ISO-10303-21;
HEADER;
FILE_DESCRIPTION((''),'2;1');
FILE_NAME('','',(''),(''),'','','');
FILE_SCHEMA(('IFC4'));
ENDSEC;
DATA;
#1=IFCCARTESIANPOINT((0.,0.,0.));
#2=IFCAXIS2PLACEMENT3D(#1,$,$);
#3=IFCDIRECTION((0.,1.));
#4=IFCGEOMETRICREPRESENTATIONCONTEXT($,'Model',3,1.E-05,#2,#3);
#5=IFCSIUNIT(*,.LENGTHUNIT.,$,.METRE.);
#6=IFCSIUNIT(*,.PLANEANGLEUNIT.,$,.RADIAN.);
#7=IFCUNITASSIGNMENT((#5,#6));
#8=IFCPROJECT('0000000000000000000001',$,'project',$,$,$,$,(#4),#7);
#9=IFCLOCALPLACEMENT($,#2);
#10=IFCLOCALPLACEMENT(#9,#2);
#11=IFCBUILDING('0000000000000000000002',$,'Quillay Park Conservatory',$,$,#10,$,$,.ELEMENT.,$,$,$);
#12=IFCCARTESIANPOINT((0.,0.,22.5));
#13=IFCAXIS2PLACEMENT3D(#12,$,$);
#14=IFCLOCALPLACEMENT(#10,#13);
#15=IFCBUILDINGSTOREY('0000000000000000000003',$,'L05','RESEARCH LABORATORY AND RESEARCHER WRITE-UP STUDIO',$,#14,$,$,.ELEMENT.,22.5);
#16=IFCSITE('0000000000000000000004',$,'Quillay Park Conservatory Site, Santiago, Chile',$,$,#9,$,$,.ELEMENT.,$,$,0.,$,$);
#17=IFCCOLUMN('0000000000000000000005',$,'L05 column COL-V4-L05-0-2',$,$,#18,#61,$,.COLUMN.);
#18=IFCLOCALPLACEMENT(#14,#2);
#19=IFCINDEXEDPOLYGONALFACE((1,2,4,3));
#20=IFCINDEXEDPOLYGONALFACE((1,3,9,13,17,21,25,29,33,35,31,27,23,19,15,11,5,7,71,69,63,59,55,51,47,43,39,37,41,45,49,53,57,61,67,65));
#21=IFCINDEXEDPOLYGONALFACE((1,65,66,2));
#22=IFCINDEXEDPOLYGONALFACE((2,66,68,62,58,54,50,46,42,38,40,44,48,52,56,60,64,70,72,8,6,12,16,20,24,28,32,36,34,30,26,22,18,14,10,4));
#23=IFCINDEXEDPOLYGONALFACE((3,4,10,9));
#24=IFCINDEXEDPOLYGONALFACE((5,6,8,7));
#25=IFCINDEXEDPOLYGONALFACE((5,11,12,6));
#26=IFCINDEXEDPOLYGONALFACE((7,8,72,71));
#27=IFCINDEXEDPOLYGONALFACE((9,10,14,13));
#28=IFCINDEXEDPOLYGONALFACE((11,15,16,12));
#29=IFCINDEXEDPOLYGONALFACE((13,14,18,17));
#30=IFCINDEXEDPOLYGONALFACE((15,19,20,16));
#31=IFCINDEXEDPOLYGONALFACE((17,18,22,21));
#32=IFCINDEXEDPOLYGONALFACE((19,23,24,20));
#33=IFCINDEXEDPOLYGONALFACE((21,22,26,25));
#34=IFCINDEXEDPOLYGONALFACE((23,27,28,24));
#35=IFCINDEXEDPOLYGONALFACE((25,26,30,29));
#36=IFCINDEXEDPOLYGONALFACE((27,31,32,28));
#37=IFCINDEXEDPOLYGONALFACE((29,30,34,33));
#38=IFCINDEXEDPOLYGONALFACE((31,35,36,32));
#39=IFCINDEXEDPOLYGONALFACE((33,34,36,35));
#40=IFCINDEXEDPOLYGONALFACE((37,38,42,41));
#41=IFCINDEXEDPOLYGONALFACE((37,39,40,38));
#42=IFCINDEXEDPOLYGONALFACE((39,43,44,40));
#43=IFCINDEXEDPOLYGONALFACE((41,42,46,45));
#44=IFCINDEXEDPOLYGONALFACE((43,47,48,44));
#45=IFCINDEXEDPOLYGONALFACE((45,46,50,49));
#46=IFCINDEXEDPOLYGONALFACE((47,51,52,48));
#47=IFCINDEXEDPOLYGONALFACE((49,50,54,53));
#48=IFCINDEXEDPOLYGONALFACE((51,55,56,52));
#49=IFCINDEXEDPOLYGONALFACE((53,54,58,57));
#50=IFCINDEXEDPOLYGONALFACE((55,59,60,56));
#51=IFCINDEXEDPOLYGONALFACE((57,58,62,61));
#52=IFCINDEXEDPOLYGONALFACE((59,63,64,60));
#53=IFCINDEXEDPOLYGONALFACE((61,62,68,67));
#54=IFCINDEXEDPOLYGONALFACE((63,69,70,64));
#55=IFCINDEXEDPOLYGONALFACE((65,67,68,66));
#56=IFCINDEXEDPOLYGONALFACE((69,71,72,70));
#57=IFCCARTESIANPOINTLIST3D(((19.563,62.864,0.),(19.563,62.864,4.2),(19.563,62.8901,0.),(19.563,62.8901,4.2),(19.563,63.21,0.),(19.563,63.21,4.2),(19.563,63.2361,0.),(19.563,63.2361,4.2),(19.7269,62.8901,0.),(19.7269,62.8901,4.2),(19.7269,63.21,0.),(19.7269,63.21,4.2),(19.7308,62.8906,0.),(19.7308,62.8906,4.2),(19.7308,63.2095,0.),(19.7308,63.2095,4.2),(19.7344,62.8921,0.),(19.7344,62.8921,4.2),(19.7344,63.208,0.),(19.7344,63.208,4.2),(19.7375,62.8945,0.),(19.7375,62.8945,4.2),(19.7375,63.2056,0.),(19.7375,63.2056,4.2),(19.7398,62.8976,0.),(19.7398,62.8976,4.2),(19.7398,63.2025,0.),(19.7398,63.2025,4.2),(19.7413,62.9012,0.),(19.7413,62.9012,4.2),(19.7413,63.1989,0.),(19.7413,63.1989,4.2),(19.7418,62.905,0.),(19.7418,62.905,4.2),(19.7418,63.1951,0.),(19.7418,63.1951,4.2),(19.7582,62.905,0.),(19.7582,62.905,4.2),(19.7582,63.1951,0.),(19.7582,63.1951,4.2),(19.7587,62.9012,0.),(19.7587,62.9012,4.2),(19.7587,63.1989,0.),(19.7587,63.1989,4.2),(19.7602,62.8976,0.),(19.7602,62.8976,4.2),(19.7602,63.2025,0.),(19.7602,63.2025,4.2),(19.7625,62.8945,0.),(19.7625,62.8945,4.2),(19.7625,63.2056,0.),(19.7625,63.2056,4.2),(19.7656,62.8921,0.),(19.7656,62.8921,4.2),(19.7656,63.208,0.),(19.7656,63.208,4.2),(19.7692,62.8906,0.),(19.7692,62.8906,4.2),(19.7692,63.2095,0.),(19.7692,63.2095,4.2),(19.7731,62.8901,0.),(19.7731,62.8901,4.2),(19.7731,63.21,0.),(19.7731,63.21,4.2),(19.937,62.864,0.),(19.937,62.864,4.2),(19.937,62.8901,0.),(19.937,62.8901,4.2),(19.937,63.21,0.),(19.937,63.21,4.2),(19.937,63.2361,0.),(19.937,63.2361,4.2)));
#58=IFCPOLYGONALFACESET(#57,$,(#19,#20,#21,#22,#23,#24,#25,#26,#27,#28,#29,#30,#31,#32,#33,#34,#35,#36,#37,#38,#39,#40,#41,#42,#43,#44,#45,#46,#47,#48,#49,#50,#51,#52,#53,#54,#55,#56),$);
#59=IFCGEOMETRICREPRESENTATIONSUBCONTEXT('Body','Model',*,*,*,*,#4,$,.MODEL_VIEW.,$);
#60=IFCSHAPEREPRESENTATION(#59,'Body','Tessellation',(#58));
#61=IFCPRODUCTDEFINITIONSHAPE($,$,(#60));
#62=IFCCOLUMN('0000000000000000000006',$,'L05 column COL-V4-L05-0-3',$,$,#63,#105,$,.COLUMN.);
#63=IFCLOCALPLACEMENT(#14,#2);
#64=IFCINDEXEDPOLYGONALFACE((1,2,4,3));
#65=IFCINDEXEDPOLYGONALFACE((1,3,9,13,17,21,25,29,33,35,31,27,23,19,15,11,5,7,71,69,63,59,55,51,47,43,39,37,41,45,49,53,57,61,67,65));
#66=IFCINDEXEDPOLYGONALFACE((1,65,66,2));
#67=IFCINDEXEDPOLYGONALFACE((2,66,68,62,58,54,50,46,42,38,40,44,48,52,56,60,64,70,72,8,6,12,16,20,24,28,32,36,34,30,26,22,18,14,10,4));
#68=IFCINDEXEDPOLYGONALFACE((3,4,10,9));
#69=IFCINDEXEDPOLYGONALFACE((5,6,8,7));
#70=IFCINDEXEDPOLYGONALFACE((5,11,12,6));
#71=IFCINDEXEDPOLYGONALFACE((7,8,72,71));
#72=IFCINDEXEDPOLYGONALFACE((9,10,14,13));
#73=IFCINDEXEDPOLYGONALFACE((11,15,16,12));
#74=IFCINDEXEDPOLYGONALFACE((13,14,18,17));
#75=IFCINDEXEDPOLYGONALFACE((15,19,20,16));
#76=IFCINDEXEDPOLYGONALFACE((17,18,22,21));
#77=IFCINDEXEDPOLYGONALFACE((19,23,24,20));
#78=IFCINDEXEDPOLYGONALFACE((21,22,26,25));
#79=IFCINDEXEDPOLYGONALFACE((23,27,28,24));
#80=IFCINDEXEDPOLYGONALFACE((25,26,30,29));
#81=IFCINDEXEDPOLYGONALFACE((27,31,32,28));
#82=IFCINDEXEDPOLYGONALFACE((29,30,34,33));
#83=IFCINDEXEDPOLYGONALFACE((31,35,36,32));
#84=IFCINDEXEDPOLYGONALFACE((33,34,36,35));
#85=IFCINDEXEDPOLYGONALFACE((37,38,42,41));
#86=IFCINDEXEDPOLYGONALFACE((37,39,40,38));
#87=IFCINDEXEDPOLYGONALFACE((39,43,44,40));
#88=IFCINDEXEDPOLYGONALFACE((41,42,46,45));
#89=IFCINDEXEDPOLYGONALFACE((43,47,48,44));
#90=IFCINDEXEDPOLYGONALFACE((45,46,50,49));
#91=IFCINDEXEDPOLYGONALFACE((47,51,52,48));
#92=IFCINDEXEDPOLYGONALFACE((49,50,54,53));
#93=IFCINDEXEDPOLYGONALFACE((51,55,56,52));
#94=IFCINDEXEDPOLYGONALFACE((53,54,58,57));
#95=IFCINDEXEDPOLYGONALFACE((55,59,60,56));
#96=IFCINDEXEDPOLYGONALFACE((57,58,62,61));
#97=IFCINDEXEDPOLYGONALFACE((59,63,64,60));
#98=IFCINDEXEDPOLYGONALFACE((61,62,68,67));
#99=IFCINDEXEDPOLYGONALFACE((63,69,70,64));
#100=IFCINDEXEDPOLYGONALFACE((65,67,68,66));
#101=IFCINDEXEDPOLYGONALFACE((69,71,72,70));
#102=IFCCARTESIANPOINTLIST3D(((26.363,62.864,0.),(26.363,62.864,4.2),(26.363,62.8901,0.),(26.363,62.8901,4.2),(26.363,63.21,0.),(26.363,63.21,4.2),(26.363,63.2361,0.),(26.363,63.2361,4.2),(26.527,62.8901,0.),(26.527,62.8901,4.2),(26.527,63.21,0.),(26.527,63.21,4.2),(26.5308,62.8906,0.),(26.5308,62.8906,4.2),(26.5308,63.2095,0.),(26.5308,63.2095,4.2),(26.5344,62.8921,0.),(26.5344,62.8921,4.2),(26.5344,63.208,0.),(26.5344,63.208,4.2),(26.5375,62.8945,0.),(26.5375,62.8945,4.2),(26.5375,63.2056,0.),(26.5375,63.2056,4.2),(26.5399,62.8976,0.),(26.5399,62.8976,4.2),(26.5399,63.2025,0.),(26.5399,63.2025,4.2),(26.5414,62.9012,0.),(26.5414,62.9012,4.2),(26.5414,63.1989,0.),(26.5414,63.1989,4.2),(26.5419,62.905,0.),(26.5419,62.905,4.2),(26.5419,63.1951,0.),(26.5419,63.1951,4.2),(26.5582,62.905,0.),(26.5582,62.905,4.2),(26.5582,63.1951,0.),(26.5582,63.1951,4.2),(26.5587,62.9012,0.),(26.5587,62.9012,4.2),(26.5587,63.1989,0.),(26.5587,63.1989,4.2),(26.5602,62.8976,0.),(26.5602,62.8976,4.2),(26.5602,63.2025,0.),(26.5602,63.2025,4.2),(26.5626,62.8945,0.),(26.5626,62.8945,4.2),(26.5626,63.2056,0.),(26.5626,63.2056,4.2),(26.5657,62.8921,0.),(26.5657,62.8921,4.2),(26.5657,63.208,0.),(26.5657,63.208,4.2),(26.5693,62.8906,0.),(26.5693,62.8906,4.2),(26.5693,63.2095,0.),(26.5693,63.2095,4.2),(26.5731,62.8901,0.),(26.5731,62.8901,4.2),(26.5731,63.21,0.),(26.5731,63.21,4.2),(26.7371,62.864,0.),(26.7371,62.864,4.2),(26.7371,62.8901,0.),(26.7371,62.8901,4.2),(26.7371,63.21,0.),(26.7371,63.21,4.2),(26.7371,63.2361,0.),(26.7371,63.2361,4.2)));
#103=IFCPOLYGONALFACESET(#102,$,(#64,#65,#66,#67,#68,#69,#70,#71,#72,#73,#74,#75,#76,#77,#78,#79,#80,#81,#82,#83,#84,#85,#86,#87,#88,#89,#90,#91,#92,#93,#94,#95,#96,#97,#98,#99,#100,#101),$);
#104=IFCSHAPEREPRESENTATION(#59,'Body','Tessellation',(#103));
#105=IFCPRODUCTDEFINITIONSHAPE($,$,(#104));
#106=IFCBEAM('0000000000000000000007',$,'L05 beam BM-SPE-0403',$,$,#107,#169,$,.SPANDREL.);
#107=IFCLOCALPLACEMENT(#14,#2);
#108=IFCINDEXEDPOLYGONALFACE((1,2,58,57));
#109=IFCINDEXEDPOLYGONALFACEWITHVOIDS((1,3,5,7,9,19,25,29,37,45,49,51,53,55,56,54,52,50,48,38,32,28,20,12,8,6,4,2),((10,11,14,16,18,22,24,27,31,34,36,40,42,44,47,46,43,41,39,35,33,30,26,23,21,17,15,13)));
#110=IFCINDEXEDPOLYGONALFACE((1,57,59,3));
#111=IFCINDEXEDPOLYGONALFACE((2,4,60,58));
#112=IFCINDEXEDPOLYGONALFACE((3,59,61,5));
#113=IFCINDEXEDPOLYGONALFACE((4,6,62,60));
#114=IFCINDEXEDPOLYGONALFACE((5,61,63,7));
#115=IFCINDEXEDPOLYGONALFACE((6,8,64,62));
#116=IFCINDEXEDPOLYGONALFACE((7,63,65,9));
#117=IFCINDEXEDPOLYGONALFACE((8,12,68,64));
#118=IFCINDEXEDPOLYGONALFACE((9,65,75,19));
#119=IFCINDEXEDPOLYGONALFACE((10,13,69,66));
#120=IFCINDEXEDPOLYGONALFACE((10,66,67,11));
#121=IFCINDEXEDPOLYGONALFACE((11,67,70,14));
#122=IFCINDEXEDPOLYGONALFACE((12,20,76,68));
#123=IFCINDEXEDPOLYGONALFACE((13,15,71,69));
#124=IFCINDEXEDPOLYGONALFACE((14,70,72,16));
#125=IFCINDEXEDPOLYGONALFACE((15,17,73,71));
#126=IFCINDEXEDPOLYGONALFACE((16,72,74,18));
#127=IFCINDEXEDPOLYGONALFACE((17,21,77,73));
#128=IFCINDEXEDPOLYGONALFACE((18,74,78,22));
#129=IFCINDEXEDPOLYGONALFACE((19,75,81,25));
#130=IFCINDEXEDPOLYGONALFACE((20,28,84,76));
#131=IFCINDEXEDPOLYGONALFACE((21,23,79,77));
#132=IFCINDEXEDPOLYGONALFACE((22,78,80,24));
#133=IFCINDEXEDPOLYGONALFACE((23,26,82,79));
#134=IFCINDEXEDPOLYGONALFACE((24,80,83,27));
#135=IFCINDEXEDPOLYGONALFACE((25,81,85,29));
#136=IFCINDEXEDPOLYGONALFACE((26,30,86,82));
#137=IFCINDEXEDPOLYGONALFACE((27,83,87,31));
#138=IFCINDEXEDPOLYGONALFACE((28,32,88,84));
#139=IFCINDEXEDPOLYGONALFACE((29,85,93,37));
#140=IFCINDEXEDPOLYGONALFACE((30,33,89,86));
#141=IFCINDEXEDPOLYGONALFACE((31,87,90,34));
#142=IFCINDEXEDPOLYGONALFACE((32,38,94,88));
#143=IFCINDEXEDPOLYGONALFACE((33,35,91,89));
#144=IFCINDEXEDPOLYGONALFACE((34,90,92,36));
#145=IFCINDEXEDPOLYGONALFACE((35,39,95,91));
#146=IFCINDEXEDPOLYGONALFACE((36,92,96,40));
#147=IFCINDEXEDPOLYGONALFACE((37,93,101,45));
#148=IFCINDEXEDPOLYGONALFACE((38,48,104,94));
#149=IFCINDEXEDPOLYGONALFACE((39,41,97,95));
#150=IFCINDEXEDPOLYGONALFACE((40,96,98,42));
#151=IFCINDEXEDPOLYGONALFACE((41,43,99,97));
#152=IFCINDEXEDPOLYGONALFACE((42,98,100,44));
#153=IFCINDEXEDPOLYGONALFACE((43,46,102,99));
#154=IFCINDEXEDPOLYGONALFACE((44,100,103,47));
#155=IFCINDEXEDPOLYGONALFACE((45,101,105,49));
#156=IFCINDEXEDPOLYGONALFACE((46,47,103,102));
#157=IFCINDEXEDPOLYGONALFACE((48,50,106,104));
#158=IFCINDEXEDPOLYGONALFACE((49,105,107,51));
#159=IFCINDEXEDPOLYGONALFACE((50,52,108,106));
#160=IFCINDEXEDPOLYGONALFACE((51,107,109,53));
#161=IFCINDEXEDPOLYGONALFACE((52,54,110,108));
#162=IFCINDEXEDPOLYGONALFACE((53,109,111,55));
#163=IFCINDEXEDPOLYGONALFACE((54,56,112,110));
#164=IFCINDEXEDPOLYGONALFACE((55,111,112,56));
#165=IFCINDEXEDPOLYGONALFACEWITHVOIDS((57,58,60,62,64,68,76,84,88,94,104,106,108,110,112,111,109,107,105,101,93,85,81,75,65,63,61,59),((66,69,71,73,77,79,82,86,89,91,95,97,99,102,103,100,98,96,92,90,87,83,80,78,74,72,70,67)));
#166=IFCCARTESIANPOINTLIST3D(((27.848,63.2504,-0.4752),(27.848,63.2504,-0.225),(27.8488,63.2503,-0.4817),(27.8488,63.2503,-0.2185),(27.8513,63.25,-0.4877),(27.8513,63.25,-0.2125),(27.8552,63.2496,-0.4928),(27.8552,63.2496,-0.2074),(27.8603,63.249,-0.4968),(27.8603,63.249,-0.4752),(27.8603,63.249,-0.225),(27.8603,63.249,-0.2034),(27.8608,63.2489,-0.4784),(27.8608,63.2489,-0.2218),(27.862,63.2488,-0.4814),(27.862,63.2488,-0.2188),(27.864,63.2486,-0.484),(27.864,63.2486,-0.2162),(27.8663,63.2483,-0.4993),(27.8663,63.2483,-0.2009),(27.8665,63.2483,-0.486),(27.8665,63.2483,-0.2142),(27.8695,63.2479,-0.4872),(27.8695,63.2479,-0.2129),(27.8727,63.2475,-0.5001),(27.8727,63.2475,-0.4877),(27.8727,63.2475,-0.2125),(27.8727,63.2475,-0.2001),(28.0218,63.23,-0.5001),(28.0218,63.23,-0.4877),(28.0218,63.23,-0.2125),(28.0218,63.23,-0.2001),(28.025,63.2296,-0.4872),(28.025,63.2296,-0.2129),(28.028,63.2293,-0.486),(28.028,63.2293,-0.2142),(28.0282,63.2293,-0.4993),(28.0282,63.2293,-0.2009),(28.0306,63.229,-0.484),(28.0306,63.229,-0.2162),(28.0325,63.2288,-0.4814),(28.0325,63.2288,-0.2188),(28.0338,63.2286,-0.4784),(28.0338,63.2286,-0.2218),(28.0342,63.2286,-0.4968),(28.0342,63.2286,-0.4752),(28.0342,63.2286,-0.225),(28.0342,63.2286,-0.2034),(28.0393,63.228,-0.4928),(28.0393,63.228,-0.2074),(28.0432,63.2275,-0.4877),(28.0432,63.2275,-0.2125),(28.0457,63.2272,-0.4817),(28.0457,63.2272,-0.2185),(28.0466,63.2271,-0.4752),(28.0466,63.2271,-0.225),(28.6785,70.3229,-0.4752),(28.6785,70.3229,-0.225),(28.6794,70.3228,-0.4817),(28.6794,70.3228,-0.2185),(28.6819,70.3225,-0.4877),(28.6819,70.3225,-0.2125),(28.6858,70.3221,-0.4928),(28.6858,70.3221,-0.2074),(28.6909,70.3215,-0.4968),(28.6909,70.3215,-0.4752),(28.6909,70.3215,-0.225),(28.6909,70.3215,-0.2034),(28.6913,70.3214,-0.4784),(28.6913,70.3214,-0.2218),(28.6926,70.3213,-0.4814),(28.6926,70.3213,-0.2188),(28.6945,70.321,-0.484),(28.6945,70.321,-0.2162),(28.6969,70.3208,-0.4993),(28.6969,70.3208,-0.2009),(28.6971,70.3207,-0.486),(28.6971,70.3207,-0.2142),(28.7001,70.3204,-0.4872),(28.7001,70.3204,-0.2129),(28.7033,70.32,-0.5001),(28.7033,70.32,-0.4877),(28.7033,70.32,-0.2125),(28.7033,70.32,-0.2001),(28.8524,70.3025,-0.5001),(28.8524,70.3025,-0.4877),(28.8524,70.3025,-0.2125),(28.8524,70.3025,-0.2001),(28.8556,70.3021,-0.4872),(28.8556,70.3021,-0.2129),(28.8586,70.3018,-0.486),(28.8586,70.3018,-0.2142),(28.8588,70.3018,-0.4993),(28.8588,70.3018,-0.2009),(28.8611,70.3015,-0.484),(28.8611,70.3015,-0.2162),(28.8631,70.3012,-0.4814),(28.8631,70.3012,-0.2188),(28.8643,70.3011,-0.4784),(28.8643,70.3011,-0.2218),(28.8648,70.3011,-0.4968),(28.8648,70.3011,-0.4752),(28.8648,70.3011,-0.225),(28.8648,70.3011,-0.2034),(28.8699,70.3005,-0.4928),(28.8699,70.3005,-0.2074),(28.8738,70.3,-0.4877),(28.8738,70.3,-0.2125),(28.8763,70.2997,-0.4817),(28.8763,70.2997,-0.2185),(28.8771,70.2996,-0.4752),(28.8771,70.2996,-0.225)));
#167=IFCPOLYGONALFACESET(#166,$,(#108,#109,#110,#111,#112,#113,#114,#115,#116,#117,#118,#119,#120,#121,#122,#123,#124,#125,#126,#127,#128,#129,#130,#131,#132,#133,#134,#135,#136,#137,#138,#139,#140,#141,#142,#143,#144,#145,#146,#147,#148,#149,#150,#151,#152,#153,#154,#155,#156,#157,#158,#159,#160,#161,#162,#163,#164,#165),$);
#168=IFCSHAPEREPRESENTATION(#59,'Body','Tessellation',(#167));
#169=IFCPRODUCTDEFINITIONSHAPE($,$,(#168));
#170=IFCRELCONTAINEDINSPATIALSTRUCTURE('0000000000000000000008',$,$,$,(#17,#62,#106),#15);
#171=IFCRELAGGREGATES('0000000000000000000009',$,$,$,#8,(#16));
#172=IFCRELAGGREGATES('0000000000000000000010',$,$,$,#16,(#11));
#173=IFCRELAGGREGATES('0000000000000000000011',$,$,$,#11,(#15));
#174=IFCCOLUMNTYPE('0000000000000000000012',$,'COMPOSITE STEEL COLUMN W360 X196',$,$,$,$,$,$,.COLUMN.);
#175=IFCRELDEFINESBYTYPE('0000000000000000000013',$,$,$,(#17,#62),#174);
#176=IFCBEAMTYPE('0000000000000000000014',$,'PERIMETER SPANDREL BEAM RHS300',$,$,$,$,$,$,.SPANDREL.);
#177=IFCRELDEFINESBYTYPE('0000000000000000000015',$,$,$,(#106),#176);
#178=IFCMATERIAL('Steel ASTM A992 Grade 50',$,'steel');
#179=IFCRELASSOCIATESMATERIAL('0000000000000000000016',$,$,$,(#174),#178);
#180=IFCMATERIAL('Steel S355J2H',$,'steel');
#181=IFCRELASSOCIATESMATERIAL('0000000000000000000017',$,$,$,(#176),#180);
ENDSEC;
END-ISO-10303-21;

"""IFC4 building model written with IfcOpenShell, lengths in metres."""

from ifc_helpers import new_model, si_unit, direction, frame, origin, origin_2d, place, context, subcontext, project, spatial, hollow_rectangle, i_section, extrude, material, material_profile, profile_set, type_object, element, save


model = new_model("IFC4")

# Units and contexts
model_context = context("Model", 3, precision=1e-05, world=origin(), true_north=direction((0.0, 1.0)))
body_context = subcontext(model_context, "Body", "Model", "MODEL_VIEW")
ifc_project = project(units=[si_unit("LENGTHUNIT", "METRE"), si_unit("PLANEANGLEUNIT", "RADIAN")], contexts=[model_context])

# Site, building, storey
site_placement = place(None, origin())
site = spatial("IfcSite", under=ifc_project, at=site_placement, Name="Quillay Park Conservatory Site, Santiago, Chile", CompositionType="ELEMENT", RefElevation=0.0)
building_placement = place(site_placement, origin())
building = spatial("IfcBuilding", under=site, at=building_placement, Name="Quillay Park Conservatory", CompositionType="ELEMENT")
storey_placement = place(building_placement, frame((0.0, 0.0, 22.5)))
storey = spatial("IfcBuildingStorey", under=building, at=storey_placement, Name="L05", Description="RESEARCH LABORATORY AND RESEARCHER WRITE-UP STUDIO", CompositionType="ELEMENT", Elevation=22.5)

# Columns
ifc_material_1 = material(Name="Steel ASTM A992 Grade 50", Category="steel")
ifc_material_profile_1 = material_profile(ifc_material_1, i_section(OverallWidth=0.374, OverallDepth=0.3721, WebThickness=0.0164, FlangeThickness=0.0261, FilletRadius=0.0149, at=origin_2d()), Name="W360x196")
ifc_profile_set_1 = profile_set([ifc_material_profile_1], Name="Steel ASTM A992 Grade 50")
column_type = type_object("IfcColumnType", Name="COMPOSITE STEEL COLUMN W360 X196", PredefinedType="COLUMN", material=ifc_profile_set_1)
for number, where, z_axis, x_axis, name in (
    (1, (19.75, 63.05, 0.0), (0.0, 0.0, 1.0), (1.0, 0.0, 0.0), "L05 column COL-V4-L05-0-2"),
    (2, (26.55, 63.05, 0.0), (0.0, 0.0, 1.0), (1.0, 0.0, 0.0), "L05 column COL-V4-L05-0-3"),
):
    element("IfcColumn", number, at=place(storey_placement, frame(where, z_axis=z_axis, x_axis=x_axis)), inside=storey, type_object=column_type, Name=name, PredefinedType="COLUMN", context=body_context, shape_type="SweptSolid", body=[
        extrude(i_section(OverallWidth=0.374, OverallDepth=0.3721, WebThickness=0.0164, FlangeThickness=0.0261, FilletRadius=0.0149, at=origin_2d()), origin(), (0.0, 0.0, 1.0), 4.2),
    ])

# Beam
ifc_material_2 = material(Name="Steel S355J2H", Category="steel")
ifc_material_profile_2 = material_profile(ifc_material_2, hollow_rectangle(XDim=0.2, YDim=0.3, WallThickness=0.0125, InnerFilletRadius=0.0125, OuterFilletRadius=0.0249, at=origin_2d()), Name="RHS300x200x12.5")
ifc_profile_set_2 = profile_set([ifc_material_profile_2], Name="Steel S355J2H")
beam_type_1 = type_object("IfcBeamType", Name="PERIMETER SPANDREL BEAM RHS300", PredefinedType="SPANDREL", material=ifc_profile_set_2)
beam_1_placement = place(storey_placement, frame((27.9473, 63.2388, -0.3501), z_axis=(0.116634, 0.993175, 0.0), x_axis=(-0.993175, 0.116634, 0.0)))
element("IfcBeam", 3, at=beam_1_placement, inside=storey, type_object=beam_type_1, Name="L05 beam BM-SPE-0403", PredefinedType="SPANDREL", context=body_context, shape_type="SweptSolid", body=[
    extrude(hollow_rectangle(XDim=0.2, YDim=0.3, WallThickness=0.0125, InnerFilletRadius=0.0125, OuterFilletRadius=0.0249, at=origin_2d()), origin(), (0.0, 0.0, 1.0), 7.1211),
])

save(model, "model.ifc")
